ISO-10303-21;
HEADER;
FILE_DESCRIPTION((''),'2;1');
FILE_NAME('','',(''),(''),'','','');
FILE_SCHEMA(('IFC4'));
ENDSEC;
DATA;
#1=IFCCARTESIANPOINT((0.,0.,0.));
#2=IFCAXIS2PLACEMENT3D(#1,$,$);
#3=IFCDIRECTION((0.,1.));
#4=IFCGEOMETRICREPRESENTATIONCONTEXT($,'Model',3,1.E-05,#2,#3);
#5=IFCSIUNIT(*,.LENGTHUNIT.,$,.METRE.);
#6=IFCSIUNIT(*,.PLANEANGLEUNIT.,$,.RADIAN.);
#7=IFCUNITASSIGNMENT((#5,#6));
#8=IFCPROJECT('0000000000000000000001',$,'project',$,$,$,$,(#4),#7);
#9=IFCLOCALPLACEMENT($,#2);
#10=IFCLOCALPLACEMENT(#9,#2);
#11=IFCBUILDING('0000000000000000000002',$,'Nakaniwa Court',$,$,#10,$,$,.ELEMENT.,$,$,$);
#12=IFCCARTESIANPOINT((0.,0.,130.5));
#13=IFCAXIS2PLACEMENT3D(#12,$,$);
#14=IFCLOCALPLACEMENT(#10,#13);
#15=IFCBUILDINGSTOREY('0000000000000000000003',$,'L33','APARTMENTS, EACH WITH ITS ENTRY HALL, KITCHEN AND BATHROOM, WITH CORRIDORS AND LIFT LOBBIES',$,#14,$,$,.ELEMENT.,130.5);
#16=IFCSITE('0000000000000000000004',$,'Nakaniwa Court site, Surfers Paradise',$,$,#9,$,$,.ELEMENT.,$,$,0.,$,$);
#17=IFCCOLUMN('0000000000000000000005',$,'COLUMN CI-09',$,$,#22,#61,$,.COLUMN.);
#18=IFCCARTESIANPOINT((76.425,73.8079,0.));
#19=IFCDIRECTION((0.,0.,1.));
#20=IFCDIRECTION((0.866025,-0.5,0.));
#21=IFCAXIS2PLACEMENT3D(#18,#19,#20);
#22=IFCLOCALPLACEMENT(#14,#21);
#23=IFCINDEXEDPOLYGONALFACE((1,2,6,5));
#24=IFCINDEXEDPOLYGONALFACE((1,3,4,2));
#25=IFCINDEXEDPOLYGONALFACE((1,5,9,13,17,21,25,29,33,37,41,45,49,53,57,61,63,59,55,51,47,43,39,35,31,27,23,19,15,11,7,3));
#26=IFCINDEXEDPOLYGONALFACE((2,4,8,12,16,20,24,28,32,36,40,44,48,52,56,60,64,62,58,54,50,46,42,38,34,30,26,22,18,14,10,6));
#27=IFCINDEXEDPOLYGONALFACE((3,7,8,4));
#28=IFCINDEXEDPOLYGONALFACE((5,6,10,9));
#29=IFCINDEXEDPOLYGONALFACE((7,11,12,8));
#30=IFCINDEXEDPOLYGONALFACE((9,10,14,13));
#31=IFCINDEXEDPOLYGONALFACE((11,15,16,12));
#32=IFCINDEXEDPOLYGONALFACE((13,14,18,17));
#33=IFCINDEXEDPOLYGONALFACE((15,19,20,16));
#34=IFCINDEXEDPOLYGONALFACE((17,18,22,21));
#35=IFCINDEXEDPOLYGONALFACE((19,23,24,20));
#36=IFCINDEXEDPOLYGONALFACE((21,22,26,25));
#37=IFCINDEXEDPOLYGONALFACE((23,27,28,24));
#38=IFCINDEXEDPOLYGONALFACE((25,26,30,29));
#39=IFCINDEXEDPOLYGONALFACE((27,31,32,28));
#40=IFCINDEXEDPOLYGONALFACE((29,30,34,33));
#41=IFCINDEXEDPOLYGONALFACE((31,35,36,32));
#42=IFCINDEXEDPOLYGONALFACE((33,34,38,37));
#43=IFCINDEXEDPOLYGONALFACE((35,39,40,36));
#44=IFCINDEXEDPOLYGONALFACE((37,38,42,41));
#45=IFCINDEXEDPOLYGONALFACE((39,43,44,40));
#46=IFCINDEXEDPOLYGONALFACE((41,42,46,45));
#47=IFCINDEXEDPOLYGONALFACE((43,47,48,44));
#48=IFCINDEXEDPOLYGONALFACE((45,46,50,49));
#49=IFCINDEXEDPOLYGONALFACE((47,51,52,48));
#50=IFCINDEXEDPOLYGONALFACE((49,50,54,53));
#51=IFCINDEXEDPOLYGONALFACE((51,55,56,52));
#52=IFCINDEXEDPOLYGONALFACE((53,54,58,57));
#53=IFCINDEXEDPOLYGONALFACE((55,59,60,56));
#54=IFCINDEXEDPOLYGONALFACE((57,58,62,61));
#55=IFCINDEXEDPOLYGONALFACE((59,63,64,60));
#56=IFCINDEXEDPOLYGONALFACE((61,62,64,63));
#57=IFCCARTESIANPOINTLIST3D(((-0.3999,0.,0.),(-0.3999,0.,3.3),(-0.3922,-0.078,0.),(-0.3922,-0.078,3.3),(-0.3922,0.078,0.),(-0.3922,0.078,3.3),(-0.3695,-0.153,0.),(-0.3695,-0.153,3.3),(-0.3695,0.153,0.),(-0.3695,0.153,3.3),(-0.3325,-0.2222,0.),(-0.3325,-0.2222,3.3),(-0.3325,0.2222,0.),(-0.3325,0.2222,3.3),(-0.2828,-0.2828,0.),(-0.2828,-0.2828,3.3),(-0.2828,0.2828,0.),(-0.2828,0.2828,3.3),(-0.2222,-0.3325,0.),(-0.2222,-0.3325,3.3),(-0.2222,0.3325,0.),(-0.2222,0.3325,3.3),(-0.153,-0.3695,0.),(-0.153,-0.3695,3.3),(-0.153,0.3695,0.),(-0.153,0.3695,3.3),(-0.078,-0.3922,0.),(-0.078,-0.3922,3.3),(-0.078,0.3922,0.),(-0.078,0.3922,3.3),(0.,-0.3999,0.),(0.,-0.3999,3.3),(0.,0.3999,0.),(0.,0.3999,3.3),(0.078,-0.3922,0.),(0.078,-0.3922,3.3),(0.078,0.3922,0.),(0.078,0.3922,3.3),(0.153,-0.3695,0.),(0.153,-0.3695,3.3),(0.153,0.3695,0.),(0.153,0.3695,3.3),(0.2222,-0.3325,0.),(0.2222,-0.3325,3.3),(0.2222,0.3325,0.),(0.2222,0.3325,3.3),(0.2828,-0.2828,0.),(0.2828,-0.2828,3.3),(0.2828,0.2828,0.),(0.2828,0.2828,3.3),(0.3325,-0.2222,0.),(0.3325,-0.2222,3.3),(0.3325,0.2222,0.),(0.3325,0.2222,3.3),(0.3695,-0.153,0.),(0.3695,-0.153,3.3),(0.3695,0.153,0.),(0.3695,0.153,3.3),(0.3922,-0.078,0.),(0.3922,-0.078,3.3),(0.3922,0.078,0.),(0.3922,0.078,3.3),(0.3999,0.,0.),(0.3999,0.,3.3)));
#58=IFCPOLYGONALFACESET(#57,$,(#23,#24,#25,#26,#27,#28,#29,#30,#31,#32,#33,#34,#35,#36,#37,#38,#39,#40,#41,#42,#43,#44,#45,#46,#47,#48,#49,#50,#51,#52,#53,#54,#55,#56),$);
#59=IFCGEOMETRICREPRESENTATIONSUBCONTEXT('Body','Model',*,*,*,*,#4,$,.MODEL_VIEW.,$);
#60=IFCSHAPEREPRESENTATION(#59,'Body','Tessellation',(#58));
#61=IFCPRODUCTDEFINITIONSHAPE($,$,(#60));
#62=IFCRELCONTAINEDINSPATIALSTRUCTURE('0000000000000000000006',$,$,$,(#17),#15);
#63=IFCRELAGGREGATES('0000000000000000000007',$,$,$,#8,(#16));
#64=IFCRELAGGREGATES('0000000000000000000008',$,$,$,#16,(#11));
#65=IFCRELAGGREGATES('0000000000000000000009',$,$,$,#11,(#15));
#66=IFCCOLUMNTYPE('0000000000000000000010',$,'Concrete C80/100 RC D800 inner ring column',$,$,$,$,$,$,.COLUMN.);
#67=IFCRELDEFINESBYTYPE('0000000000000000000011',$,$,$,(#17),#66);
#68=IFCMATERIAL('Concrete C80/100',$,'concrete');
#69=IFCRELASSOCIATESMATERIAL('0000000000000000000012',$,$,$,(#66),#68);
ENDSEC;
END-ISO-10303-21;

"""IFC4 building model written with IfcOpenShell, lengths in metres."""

from ifc_helpers import new_model, si_unit, direction, frame, origin, origin_2d, place, context, subcontext, project, spatial, circle, extrude, material, material_profile, profile_set, type_object, element, save


model = new_model("IFC4")

# Units and contexts
model_context = context("Model", 3, precision=1e-05, world=origin(), true_north=direction((0.0, 1.0)))
body_context = subcontext(model_context, "Body", "Model", "MODEL_VIEW")
ifc_project = project(units=[si_unit("LENGTHUNIT", "METRE"), si_unit("PLANEANGLEUNIT", "RADIAN")], contexts=[model_context])

# Site, building, storey
site_placement = place(None, origin())
site = spatial("IfcSite", under=ifc_project, at=site_placement, Name="Nakaniwa Court site, Surfers Paradise", CompositionType="ELEMENT", RefElevation=0.0)
building_placement = place(site_placement, origin())
building = spatial("IfcBuilding", under=site, at=building_placement, Name="Nakaniwa Court", CompositionType="ELEMENT")
storey_placement = place(building_placement, frame((0.0, 0.0, 130.5)))
storey = spatial("IfcBuildingStorey", under=building, at=storey_placement, Name="L33", Description="APARTMENTS, EACH WITH ITS ENTRY HALL, KITCHEN AND BATHROOM, WITH CORRIDORS AND LIFT LOBBIES", CompositionType="ELEMENT", Elevation=130.5)

# Column
ifc_material_1 = material(Name="Concrete C80/100", Category="concrete")
ifc_material_profile = material_profile(ifc_material_1, circle(Radius=0.3999, at=origin_2d()), Name="Concrete C80/100 RC D800 inner ring column")
ifc_profile_set = profile_set([ifc_material_profile], Name="Concrete C80/100")
column_type = type_object("IfcColumnType", Name="Concrete C80/100 RC D800 inner ring column", PredefinedType="COLUMN", material=ifc_profile_set)
column_placement = place(storey_placement, frame((76.425, 73.8079, 0.0), z_axis=(0.0, 0.0, 1.0), x_axis=(0.866025, -0.5, 0.0)))
element("IfcColumn", 1, at=column_placement, inside=storey, type_object=column_type, Name="COLUMN CI-09", PredefinedType="COLUMN", context=body_context, shape_type="SweptSolid", body=[
    extrude(circle(Radius=0.3999, at=origin_2d()), origin(), (0.0, 0.0, 1.0), 3.3),
])

save(model, "model.ifc")
